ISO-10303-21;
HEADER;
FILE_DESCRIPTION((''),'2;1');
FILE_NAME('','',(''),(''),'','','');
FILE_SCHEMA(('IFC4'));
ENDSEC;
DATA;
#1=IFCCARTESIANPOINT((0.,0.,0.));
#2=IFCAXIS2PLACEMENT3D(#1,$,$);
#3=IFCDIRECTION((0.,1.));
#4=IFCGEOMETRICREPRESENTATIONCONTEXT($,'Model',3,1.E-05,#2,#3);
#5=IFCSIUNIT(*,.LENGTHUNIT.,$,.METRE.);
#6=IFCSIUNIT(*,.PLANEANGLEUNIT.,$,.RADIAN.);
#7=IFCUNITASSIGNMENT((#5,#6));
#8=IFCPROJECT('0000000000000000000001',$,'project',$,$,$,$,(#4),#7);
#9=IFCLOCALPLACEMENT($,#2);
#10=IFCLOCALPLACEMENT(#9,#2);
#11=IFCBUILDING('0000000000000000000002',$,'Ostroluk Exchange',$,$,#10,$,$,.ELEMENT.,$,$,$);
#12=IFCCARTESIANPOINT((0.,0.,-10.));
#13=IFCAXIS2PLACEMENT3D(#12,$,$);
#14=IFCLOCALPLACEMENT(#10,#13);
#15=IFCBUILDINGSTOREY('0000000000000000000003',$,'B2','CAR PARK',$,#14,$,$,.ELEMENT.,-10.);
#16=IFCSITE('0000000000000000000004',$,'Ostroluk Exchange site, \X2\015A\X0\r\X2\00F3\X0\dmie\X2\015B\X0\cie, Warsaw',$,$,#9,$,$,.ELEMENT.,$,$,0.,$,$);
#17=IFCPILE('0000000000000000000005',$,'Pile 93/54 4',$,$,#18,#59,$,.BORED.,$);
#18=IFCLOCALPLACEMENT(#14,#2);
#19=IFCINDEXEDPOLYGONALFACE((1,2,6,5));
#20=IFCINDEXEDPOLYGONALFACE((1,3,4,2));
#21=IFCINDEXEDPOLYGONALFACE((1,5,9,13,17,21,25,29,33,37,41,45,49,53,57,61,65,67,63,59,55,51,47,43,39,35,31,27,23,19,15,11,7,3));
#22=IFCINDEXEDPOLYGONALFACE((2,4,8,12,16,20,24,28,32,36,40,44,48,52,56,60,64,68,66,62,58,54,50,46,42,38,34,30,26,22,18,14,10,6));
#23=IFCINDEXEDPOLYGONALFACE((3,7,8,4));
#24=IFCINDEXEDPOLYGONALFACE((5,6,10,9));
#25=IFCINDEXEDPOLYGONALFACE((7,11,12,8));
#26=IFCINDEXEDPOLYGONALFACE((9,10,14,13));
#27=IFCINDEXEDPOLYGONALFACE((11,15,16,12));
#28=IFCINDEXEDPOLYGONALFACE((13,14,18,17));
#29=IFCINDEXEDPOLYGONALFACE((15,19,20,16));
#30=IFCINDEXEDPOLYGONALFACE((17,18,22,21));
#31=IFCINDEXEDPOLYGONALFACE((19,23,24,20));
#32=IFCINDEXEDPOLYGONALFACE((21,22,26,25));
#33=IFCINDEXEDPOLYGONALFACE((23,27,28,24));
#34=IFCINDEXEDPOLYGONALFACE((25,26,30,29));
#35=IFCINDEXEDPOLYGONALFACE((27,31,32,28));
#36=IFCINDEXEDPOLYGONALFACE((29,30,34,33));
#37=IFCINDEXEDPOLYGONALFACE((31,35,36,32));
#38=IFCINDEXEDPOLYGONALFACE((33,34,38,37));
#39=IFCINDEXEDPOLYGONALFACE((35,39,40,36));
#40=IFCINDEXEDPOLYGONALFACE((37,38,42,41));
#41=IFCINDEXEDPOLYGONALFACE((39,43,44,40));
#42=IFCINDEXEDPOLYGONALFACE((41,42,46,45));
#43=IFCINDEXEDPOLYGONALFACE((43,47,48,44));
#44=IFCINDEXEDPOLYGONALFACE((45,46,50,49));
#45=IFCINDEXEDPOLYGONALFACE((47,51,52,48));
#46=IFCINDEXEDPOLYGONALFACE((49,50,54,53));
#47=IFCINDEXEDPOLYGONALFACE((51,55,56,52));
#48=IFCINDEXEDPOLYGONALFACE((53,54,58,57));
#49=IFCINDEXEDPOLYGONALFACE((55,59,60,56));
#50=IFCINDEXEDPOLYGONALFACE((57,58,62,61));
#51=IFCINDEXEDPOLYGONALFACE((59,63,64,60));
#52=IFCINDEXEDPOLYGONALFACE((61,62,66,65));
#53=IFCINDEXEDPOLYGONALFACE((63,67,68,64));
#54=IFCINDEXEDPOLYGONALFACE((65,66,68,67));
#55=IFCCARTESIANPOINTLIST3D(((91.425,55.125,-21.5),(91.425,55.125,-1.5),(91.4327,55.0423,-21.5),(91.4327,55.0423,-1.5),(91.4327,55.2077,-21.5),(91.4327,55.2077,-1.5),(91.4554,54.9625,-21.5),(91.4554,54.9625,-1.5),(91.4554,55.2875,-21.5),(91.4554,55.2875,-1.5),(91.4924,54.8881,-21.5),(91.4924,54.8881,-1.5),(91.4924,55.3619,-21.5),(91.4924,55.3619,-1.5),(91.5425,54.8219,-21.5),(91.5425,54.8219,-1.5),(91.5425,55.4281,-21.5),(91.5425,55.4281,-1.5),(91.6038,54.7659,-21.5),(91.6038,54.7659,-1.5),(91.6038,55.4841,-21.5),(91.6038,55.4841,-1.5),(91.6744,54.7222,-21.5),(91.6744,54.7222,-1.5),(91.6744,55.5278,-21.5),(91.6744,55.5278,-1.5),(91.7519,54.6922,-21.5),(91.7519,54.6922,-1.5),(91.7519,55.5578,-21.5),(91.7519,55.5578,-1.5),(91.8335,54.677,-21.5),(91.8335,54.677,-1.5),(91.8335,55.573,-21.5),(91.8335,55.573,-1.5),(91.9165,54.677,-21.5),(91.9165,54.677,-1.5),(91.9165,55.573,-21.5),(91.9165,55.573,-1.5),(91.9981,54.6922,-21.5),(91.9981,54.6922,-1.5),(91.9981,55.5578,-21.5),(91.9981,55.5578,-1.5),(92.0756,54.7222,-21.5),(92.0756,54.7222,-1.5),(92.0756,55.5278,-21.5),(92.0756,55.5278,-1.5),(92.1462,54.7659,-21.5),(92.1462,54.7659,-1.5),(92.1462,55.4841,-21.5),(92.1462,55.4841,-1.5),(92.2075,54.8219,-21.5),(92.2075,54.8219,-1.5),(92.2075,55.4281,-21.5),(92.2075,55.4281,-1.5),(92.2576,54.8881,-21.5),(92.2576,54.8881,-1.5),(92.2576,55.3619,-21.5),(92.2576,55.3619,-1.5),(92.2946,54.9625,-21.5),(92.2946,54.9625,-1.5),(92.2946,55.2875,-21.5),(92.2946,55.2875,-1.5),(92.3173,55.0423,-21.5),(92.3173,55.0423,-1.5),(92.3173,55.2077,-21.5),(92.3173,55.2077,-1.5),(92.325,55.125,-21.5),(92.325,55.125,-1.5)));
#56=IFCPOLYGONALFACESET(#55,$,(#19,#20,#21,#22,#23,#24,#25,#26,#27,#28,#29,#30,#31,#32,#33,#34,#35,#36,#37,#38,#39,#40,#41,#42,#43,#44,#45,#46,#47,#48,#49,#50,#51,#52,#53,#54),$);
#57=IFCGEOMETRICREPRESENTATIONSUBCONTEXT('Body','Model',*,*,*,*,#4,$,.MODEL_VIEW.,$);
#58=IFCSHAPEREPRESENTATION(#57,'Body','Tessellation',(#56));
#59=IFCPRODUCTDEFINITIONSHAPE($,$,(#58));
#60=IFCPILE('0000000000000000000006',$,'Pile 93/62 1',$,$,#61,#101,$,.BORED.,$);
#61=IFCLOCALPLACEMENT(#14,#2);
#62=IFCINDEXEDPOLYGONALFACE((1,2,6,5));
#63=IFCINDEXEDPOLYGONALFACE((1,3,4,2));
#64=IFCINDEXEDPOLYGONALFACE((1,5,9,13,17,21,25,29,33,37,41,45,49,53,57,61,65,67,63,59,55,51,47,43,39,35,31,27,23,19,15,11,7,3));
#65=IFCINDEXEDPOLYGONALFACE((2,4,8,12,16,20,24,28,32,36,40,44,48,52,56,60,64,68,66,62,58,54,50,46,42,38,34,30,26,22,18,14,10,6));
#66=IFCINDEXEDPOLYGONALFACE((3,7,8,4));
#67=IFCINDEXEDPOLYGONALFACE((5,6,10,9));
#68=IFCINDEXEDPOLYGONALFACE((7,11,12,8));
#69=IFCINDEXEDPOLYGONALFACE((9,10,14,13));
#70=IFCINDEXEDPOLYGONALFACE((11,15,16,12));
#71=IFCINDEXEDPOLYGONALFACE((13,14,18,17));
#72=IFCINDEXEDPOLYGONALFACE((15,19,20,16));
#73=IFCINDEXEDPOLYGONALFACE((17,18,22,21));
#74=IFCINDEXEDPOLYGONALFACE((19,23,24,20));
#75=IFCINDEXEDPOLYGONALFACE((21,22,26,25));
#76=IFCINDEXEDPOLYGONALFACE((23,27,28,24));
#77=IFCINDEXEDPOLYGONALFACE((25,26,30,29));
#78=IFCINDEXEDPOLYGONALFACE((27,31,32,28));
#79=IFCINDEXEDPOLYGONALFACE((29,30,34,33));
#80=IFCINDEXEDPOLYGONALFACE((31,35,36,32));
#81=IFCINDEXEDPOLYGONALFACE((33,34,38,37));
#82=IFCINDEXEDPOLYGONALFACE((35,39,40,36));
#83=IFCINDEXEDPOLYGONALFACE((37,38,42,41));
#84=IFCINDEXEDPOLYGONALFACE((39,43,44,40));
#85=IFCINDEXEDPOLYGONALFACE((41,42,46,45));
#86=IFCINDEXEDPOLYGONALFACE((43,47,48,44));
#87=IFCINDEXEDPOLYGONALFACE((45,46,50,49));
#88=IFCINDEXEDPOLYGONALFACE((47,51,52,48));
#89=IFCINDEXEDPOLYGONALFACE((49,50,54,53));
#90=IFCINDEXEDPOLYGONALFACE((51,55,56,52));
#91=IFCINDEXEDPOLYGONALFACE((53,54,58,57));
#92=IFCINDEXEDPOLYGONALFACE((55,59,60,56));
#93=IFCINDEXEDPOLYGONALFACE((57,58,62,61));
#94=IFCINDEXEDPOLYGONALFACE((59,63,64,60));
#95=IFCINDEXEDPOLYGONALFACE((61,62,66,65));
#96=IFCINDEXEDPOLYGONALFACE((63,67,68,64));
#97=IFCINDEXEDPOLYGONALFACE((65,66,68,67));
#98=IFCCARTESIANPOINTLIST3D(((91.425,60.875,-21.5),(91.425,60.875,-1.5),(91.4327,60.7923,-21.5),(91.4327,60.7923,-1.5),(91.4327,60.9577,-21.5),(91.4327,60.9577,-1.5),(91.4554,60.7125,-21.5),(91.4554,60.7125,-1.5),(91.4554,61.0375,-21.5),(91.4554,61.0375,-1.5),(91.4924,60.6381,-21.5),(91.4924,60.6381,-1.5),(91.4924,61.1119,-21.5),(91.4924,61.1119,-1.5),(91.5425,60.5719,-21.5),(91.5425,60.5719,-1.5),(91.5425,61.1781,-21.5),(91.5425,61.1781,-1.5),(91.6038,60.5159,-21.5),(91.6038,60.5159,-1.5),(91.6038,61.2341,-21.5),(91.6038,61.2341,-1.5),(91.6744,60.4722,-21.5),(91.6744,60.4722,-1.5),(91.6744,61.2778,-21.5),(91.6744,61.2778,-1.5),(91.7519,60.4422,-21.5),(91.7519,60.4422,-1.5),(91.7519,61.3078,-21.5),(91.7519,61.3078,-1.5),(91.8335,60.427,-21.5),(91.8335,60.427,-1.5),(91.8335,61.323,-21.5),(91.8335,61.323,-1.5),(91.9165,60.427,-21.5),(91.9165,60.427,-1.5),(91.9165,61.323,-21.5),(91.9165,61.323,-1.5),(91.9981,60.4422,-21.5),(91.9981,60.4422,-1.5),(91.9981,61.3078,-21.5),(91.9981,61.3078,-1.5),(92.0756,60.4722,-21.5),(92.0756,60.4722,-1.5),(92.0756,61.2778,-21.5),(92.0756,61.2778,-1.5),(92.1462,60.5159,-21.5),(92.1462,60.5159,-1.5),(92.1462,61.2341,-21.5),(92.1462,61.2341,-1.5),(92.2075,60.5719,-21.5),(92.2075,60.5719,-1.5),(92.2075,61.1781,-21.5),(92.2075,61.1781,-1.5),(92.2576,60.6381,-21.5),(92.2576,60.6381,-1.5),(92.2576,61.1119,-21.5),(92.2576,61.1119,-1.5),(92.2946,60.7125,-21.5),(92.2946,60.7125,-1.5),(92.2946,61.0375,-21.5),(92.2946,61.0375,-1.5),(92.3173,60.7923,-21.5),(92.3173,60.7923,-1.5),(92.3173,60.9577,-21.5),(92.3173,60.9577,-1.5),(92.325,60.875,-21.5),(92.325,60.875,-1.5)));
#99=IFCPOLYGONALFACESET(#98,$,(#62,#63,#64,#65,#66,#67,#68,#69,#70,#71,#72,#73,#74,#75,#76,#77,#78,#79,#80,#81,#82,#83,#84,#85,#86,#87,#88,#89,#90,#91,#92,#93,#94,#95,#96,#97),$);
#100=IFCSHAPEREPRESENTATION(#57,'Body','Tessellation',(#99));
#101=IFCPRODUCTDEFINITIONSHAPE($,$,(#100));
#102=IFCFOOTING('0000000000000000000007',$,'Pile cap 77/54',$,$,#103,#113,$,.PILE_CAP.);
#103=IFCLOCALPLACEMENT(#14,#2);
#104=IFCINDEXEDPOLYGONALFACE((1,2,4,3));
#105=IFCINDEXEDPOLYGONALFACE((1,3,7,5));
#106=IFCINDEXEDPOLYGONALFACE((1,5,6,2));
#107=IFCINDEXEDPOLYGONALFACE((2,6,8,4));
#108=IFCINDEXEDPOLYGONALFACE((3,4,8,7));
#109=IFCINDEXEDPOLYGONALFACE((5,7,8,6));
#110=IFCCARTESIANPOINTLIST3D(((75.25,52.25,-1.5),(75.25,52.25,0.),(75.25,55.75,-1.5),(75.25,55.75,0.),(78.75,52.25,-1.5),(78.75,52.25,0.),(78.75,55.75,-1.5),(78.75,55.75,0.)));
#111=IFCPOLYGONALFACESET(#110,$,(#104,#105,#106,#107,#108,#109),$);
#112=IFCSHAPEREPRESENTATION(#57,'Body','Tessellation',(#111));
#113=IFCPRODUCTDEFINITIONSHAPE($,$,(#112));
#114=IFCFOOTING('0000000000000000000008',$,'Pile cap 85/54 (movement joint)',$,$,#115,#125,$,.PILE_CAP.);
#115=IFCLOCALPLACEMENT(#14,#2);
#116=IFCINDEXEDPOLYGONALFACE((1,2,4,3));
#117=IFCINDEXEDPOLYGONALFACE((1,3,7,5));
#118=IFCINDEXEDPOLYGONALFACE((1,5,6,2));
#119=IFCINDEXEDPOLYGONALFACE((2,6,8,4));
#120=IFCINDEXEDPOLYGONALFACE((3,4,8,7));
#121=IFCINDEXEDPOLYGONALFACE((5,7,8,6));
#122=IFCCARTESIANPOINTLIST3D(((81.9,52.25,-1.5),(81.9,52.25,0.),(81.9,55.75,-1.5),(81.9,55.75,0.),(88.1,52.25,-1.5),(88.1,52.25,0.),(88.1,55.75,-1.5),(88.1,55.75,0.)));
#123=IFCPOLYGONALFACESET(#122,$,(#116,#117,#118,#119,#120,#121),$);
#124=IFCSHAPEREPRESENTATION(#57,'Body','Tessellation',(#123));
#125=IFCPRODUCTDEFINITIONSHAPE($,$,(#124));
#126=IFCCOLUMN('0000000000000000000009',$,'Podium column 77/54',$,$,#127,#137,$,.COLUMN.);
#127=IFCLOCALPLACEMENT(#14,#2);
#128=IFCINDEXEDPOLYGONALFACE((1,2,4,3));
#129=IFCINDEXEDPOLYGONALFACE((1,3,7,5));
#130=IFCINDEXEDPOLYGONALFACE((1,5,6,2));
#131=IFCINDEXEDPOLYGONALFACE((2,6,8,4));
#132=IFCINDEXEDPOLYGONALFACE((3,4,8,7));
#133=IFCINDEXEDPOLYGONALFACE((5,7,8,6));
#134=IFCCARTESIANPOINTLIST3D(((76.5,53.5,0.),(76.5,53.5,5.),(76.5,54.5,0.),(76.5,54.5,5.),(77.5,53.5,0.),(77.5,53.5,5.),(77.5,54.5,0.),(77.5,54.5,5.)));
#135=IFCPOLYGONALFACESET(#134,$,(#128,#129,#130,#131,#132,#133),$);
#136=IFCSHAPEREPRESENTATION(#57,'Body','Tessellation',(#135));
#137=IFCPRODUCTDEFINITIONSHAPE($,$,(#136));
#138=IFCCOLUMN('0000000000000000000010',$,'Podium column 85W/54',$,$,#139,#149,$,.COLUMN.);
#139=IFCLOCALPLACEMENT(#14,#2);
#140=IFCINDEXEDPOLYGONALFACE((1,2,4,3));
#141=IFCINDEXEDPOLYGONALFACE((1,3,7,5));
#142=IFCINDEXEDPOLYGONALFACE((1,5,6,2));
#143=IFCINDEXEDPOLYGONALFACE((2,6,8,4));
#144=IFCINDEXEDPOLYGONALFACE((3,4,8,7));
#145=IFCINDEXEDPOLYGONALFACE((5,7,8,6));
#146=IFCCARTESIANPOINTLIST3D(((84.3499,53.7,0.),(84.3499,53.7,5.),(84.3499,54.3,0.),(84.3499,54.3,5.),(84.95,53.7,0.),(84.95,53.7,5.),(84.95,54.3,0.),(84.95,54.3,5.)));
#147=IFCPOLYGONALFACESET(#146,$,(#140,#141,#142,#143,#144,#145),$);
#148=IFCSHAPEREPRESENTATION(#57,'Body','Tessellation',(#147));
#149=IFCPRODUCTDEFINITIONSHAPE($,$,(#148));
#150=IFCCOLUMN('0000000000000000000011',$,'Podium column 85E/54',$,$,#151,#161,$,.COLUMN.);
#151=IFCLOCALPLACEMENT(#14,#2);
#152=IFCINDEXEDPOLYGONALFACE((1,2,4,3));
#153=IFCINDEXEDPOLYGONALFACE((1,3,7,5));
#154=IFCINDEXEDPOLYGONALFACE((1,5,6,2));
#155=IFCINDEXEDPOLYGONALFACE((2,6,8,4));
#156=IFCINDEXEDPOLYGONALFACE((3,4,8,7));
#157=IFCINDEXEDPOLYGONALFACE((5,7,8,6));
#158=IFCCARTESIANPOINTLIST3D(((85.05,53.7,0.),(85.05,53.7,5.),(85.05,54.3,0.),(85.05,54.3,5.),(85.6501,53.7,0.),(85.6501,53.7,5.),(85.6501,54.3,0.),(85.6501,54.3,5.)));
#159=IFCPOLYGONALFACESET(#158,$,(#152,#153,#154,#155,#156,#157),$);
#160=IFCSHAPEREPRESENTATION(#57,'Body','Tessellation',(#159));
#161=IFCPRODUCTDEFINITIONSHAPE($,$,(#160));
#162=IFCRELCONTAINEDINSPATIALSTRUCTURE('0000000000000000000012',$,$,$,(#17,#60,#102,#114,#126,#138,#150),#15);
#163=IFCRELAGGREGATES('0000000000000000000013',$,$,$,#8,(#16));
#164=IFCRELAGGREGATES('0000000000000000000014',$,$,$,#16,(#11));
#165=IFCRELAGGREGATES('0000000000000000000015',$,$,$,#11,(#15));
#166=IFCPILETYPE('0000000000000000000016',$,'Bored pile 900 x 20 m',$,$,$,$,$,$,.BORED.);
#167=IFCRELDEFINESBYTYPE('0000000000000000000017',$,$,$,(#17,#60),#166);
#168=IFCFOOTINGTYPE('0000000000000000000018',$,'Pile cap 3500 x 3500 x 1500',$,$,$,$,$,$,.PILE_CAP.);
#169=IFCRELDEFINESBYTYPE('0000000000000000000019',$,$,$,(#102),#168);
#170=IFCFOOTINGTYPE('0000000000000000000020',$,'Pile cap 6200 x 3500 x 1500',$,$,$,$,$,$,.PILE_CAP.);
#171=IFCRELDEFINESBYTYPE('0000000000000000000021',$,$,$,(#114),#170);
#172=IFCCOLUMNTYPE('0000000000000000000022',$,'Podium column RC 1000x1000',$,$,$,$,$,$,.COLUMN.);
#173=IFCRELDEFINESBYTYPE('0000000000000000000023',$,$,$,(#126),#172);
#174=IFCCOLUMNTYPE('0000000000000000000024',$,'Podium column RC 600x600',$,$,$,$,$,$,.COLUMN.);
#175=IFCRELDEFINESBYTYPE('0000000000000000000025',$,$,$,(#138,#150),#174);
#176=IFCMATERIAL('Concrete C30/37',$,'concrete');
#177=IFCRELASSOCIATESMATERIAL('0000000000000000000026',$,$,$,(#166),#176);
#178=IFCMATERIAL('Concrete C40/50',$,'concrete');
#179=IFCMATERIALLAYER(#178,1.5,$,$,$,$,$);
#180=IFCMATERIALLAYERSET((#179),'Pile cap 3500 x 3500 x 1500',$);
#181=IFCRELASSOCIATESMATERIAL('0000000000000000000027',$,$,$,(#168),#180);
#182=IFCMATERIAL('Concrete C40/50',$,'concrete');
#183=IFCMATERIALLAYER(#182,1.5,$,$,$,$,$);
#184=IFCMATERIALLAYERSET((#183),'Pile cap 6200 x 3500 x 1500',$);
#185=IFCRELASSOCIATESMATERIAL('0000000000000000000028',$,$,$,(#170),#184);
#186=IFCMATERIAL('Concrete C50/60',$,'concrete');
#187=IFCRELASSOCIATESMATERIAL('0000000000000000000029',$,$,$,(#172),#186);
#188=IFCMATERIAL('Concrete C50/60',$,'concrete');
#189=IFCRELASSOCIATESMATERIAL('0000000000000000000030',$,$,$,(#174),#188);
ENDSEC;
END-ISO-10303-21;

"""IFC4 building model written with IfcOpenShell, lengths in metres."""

from ifc_helpers import new_model, si_unit, direction, frame, origin, origin_2d, place, context, subcontext, project, spatial, rectangle, circle, extrude, material, layer, layer_set, material_profile, profile_set, type_object, element, save


model = new_model("IFC4")

# Units and contexts
model_context = context("Model", 3, precision=1e-05, world=origin(), true_north=direction((0.0, 1.0)))
body_context = subcontext(model_context, "Body", "Model", "MODEL_VIEW")
ifc_project = project(units=[si_unit("LENGTHUNIT", "METRE"), si_unit("PLANEANGLEUNIT", "RADIAN")], contexts=[model_context])

# Site, building, storey
site_placement = place(None, origin())
site = spatial("IfcSite", under=ifc_project, at=site_placement, Name="Ostroluk Exchange site, Śródmieście, Warsaw", CompositionType="ELEMENT", RefElevation=0.0)
building_placement = place(site_placement, origin())
building = spatial("IfcBuilding", under=site, at=building_placement, Name="Ostroluk Exchange", CompositionType="ELEMENT")
storey_placement = place(building_placement, frame((0.0, 0.0, -10.0)))
storey = spatial("IfcBuildingStorey", under=building, at=storey_placement, Name="B2", Description="CAR PARK", CompositionType="ELEMENT", Elevation=-10.0)

# Piles
ifc_material_1 = material(Name="Concrete C30/37", Category="concrete")
pile_type = type_object("IfcPileType", Name="Bored pile 900 x 20 m", PredefinedType="BORED", material=ifc_material_1)
for number, where, z_axis, x_axis, name in (
    (1, (91.875, 55.125, -1.5), (0.0, 0.0, -1.0), (1.0, 0.0, 0.0), "Pile 93/54 4"),
    (2, (91.875, 60.875, -1.5), (0.0, 0.0, -1.0), (1.0, 0.0, 0.0), "Pile 93/62 1"),
):
    element("IfcPile", number, at=place(storey_placement, frame(where, z_axis=z_axis, x_axis=x_axis)), inside=storey, type_object=pile_type, Name=name, PredefinedType="BORED", context=body_context, shape_type="SweptSolid", body=[
        extrude(circle(Radius=0.45, at=origin_2d()), origin(), (0.0, 0.0, 1.0), 20.0),
    ])

# Footings
ifc_material_2 = material(Name="Concrete C40/50", Category="concrete")
ifc_layer_1 = layer(ifc_material_2, 1.5)
ifc_layer_set_1 = layer_set([ifc_layer_1], Name="Pile cap 3500 x 3500 x 1500")
footing_type_1 = type_object("IfcFootingType", Name="Pile cap 3500 x 3500 x 1500", PredefinedType="PILE_CAP", material=ifc_layer_set_1)
footing_1_placement = place(storey_placement, frame((77.0, 54.0, -1.5), z_axis=(0.0, 0.0, 1.0), x_axis=(1.0, 0.0, 0.0)))
element("IfcFooting", 3, at=footing_1_placement, inside=storey, type_object=footing_type_1, Name="Pile cap 77/54", PredefinedType="PILE_CAP", context=body_context, shape_type="SweptSolid", body=[
    extrude(rectangle(XDim=3.5, YDim=3.5, at=origin_2d()), origin(), (0.0, 0.0, 1.0), 1.5),
])
ifc_material_3 = material(Name="Concrete C40/50", Category="concrete")
ifc_layer_2 = layer(ifc_material_3, 1.5)
ifc_layer_set_2 = layer_set([ifc_layer_2], Name="Pile cap 6200 x 3500 x 1500")
footing_type_2 = type_object("IfcFootingType", Name="Pile cap 6200 x 3500 x 1500", PredefinedType="PILE_CAP", material=ifc_layer_set_2)
footing_2_placement = place(storey_placement, frame((85.0, 54.0, -1.5), z_axis=(0.0, 0.0, 1.0), x_axis=(1.0, 0.0, 0.0)))
element("IfcFooting", 4, at=footing_2_placement, inside=storey, type_object=footing_type_2, Name="Pile cap 85/54 (movement joint)", PredefinedType="PILE_CAP", context=body_context, shape_type="SweptSolid", body=[
    extrude(rectangle(XDim=6.2, YDim=3.5, at=origin_2d()), origin(), (0.0, 0.0, 1.0), 1.5),
])

# Columns
ifc_material_4 = material(Name="Concrete C50/60", Category="concrete")
ifc_material_profile_1 = material_profile(ifc_material_4, rectangle(XDim=1.0, YDim=1.0, at=origin_2d()), Name="RC 1000x1000")
ifc_profile_set_1 = profile_set([ifc_material_profile_1], Name="Concrete C50/60")
column_type_1 = type_object("IfcColumnType", Name="Podium column RC 1000x1000", PredefinedType="COLUMN", material=ifc_profile_set_1)
column_placement = place(storey_placement, frame((77.0, 54.0, 0.0), z_axis=(0.0, 0.0, 1.0), x_axis=(1.0, 0.0, 0.0)))
element("IfcColumn", 5, at=column_placement, inside=storey, type_object=column_type_1, Name="Podium column 77/54", PredefinedType="COLUMN", context=body_context, shape_type="SweptSolid", body=[
    extrude(rectangle(XDim=1.0, YDim=1.0, at=origin_2d()), origin(), (0.0, 0.0, 1.0), 5.0),
])
ifc_material_5 = material(Name="Concrete C50/60", Category="concrete")
ifc_material_profile_2 = material_profile(ifc_material_5, rectangle(XDim=0.6001, YDim=0.6001, at=origin_2d()), Name="RC 600x600")
ifc_profile_set_2 = profile_set([ifc_material_profile_2], Name="Concrete C50/60")
column_type_2 = type_object("IfcColumnType", Name="Podium column RC 600x600", PredefinedType="COLUMN", material=ifc_profile_set_2)
for number, where, z_axis, x_axis, name in (
    (6, (84.6499, 54.0, 0.0), (0.0, 0.0, 1.0), (1.0, 0.0, 0.0), "Podium column 85W/54"),
    (7, (85.3501, 54.0, 0.0), (0.0, 0.0, 1.0), (1.0, 0.0, 0.0), "Podium column 85E/54"),
):
    element("IfcColumn", number, at=place(storey_placement, frame(where, z_axis=z_axis, x_axis=x_axis)), inside=storey, type_object=column_type_2, Name=name, PredefinedType="COLUMN", context=body_context, shape_type="SweptSolid", body=[
        extrude(rectangle(XDim=0.6001, YDim=0.6001, at=origin_2d()), origin(), (0.0, 0.0, 1.0), 5.0),
    ])

save(model, "model.ifc")
